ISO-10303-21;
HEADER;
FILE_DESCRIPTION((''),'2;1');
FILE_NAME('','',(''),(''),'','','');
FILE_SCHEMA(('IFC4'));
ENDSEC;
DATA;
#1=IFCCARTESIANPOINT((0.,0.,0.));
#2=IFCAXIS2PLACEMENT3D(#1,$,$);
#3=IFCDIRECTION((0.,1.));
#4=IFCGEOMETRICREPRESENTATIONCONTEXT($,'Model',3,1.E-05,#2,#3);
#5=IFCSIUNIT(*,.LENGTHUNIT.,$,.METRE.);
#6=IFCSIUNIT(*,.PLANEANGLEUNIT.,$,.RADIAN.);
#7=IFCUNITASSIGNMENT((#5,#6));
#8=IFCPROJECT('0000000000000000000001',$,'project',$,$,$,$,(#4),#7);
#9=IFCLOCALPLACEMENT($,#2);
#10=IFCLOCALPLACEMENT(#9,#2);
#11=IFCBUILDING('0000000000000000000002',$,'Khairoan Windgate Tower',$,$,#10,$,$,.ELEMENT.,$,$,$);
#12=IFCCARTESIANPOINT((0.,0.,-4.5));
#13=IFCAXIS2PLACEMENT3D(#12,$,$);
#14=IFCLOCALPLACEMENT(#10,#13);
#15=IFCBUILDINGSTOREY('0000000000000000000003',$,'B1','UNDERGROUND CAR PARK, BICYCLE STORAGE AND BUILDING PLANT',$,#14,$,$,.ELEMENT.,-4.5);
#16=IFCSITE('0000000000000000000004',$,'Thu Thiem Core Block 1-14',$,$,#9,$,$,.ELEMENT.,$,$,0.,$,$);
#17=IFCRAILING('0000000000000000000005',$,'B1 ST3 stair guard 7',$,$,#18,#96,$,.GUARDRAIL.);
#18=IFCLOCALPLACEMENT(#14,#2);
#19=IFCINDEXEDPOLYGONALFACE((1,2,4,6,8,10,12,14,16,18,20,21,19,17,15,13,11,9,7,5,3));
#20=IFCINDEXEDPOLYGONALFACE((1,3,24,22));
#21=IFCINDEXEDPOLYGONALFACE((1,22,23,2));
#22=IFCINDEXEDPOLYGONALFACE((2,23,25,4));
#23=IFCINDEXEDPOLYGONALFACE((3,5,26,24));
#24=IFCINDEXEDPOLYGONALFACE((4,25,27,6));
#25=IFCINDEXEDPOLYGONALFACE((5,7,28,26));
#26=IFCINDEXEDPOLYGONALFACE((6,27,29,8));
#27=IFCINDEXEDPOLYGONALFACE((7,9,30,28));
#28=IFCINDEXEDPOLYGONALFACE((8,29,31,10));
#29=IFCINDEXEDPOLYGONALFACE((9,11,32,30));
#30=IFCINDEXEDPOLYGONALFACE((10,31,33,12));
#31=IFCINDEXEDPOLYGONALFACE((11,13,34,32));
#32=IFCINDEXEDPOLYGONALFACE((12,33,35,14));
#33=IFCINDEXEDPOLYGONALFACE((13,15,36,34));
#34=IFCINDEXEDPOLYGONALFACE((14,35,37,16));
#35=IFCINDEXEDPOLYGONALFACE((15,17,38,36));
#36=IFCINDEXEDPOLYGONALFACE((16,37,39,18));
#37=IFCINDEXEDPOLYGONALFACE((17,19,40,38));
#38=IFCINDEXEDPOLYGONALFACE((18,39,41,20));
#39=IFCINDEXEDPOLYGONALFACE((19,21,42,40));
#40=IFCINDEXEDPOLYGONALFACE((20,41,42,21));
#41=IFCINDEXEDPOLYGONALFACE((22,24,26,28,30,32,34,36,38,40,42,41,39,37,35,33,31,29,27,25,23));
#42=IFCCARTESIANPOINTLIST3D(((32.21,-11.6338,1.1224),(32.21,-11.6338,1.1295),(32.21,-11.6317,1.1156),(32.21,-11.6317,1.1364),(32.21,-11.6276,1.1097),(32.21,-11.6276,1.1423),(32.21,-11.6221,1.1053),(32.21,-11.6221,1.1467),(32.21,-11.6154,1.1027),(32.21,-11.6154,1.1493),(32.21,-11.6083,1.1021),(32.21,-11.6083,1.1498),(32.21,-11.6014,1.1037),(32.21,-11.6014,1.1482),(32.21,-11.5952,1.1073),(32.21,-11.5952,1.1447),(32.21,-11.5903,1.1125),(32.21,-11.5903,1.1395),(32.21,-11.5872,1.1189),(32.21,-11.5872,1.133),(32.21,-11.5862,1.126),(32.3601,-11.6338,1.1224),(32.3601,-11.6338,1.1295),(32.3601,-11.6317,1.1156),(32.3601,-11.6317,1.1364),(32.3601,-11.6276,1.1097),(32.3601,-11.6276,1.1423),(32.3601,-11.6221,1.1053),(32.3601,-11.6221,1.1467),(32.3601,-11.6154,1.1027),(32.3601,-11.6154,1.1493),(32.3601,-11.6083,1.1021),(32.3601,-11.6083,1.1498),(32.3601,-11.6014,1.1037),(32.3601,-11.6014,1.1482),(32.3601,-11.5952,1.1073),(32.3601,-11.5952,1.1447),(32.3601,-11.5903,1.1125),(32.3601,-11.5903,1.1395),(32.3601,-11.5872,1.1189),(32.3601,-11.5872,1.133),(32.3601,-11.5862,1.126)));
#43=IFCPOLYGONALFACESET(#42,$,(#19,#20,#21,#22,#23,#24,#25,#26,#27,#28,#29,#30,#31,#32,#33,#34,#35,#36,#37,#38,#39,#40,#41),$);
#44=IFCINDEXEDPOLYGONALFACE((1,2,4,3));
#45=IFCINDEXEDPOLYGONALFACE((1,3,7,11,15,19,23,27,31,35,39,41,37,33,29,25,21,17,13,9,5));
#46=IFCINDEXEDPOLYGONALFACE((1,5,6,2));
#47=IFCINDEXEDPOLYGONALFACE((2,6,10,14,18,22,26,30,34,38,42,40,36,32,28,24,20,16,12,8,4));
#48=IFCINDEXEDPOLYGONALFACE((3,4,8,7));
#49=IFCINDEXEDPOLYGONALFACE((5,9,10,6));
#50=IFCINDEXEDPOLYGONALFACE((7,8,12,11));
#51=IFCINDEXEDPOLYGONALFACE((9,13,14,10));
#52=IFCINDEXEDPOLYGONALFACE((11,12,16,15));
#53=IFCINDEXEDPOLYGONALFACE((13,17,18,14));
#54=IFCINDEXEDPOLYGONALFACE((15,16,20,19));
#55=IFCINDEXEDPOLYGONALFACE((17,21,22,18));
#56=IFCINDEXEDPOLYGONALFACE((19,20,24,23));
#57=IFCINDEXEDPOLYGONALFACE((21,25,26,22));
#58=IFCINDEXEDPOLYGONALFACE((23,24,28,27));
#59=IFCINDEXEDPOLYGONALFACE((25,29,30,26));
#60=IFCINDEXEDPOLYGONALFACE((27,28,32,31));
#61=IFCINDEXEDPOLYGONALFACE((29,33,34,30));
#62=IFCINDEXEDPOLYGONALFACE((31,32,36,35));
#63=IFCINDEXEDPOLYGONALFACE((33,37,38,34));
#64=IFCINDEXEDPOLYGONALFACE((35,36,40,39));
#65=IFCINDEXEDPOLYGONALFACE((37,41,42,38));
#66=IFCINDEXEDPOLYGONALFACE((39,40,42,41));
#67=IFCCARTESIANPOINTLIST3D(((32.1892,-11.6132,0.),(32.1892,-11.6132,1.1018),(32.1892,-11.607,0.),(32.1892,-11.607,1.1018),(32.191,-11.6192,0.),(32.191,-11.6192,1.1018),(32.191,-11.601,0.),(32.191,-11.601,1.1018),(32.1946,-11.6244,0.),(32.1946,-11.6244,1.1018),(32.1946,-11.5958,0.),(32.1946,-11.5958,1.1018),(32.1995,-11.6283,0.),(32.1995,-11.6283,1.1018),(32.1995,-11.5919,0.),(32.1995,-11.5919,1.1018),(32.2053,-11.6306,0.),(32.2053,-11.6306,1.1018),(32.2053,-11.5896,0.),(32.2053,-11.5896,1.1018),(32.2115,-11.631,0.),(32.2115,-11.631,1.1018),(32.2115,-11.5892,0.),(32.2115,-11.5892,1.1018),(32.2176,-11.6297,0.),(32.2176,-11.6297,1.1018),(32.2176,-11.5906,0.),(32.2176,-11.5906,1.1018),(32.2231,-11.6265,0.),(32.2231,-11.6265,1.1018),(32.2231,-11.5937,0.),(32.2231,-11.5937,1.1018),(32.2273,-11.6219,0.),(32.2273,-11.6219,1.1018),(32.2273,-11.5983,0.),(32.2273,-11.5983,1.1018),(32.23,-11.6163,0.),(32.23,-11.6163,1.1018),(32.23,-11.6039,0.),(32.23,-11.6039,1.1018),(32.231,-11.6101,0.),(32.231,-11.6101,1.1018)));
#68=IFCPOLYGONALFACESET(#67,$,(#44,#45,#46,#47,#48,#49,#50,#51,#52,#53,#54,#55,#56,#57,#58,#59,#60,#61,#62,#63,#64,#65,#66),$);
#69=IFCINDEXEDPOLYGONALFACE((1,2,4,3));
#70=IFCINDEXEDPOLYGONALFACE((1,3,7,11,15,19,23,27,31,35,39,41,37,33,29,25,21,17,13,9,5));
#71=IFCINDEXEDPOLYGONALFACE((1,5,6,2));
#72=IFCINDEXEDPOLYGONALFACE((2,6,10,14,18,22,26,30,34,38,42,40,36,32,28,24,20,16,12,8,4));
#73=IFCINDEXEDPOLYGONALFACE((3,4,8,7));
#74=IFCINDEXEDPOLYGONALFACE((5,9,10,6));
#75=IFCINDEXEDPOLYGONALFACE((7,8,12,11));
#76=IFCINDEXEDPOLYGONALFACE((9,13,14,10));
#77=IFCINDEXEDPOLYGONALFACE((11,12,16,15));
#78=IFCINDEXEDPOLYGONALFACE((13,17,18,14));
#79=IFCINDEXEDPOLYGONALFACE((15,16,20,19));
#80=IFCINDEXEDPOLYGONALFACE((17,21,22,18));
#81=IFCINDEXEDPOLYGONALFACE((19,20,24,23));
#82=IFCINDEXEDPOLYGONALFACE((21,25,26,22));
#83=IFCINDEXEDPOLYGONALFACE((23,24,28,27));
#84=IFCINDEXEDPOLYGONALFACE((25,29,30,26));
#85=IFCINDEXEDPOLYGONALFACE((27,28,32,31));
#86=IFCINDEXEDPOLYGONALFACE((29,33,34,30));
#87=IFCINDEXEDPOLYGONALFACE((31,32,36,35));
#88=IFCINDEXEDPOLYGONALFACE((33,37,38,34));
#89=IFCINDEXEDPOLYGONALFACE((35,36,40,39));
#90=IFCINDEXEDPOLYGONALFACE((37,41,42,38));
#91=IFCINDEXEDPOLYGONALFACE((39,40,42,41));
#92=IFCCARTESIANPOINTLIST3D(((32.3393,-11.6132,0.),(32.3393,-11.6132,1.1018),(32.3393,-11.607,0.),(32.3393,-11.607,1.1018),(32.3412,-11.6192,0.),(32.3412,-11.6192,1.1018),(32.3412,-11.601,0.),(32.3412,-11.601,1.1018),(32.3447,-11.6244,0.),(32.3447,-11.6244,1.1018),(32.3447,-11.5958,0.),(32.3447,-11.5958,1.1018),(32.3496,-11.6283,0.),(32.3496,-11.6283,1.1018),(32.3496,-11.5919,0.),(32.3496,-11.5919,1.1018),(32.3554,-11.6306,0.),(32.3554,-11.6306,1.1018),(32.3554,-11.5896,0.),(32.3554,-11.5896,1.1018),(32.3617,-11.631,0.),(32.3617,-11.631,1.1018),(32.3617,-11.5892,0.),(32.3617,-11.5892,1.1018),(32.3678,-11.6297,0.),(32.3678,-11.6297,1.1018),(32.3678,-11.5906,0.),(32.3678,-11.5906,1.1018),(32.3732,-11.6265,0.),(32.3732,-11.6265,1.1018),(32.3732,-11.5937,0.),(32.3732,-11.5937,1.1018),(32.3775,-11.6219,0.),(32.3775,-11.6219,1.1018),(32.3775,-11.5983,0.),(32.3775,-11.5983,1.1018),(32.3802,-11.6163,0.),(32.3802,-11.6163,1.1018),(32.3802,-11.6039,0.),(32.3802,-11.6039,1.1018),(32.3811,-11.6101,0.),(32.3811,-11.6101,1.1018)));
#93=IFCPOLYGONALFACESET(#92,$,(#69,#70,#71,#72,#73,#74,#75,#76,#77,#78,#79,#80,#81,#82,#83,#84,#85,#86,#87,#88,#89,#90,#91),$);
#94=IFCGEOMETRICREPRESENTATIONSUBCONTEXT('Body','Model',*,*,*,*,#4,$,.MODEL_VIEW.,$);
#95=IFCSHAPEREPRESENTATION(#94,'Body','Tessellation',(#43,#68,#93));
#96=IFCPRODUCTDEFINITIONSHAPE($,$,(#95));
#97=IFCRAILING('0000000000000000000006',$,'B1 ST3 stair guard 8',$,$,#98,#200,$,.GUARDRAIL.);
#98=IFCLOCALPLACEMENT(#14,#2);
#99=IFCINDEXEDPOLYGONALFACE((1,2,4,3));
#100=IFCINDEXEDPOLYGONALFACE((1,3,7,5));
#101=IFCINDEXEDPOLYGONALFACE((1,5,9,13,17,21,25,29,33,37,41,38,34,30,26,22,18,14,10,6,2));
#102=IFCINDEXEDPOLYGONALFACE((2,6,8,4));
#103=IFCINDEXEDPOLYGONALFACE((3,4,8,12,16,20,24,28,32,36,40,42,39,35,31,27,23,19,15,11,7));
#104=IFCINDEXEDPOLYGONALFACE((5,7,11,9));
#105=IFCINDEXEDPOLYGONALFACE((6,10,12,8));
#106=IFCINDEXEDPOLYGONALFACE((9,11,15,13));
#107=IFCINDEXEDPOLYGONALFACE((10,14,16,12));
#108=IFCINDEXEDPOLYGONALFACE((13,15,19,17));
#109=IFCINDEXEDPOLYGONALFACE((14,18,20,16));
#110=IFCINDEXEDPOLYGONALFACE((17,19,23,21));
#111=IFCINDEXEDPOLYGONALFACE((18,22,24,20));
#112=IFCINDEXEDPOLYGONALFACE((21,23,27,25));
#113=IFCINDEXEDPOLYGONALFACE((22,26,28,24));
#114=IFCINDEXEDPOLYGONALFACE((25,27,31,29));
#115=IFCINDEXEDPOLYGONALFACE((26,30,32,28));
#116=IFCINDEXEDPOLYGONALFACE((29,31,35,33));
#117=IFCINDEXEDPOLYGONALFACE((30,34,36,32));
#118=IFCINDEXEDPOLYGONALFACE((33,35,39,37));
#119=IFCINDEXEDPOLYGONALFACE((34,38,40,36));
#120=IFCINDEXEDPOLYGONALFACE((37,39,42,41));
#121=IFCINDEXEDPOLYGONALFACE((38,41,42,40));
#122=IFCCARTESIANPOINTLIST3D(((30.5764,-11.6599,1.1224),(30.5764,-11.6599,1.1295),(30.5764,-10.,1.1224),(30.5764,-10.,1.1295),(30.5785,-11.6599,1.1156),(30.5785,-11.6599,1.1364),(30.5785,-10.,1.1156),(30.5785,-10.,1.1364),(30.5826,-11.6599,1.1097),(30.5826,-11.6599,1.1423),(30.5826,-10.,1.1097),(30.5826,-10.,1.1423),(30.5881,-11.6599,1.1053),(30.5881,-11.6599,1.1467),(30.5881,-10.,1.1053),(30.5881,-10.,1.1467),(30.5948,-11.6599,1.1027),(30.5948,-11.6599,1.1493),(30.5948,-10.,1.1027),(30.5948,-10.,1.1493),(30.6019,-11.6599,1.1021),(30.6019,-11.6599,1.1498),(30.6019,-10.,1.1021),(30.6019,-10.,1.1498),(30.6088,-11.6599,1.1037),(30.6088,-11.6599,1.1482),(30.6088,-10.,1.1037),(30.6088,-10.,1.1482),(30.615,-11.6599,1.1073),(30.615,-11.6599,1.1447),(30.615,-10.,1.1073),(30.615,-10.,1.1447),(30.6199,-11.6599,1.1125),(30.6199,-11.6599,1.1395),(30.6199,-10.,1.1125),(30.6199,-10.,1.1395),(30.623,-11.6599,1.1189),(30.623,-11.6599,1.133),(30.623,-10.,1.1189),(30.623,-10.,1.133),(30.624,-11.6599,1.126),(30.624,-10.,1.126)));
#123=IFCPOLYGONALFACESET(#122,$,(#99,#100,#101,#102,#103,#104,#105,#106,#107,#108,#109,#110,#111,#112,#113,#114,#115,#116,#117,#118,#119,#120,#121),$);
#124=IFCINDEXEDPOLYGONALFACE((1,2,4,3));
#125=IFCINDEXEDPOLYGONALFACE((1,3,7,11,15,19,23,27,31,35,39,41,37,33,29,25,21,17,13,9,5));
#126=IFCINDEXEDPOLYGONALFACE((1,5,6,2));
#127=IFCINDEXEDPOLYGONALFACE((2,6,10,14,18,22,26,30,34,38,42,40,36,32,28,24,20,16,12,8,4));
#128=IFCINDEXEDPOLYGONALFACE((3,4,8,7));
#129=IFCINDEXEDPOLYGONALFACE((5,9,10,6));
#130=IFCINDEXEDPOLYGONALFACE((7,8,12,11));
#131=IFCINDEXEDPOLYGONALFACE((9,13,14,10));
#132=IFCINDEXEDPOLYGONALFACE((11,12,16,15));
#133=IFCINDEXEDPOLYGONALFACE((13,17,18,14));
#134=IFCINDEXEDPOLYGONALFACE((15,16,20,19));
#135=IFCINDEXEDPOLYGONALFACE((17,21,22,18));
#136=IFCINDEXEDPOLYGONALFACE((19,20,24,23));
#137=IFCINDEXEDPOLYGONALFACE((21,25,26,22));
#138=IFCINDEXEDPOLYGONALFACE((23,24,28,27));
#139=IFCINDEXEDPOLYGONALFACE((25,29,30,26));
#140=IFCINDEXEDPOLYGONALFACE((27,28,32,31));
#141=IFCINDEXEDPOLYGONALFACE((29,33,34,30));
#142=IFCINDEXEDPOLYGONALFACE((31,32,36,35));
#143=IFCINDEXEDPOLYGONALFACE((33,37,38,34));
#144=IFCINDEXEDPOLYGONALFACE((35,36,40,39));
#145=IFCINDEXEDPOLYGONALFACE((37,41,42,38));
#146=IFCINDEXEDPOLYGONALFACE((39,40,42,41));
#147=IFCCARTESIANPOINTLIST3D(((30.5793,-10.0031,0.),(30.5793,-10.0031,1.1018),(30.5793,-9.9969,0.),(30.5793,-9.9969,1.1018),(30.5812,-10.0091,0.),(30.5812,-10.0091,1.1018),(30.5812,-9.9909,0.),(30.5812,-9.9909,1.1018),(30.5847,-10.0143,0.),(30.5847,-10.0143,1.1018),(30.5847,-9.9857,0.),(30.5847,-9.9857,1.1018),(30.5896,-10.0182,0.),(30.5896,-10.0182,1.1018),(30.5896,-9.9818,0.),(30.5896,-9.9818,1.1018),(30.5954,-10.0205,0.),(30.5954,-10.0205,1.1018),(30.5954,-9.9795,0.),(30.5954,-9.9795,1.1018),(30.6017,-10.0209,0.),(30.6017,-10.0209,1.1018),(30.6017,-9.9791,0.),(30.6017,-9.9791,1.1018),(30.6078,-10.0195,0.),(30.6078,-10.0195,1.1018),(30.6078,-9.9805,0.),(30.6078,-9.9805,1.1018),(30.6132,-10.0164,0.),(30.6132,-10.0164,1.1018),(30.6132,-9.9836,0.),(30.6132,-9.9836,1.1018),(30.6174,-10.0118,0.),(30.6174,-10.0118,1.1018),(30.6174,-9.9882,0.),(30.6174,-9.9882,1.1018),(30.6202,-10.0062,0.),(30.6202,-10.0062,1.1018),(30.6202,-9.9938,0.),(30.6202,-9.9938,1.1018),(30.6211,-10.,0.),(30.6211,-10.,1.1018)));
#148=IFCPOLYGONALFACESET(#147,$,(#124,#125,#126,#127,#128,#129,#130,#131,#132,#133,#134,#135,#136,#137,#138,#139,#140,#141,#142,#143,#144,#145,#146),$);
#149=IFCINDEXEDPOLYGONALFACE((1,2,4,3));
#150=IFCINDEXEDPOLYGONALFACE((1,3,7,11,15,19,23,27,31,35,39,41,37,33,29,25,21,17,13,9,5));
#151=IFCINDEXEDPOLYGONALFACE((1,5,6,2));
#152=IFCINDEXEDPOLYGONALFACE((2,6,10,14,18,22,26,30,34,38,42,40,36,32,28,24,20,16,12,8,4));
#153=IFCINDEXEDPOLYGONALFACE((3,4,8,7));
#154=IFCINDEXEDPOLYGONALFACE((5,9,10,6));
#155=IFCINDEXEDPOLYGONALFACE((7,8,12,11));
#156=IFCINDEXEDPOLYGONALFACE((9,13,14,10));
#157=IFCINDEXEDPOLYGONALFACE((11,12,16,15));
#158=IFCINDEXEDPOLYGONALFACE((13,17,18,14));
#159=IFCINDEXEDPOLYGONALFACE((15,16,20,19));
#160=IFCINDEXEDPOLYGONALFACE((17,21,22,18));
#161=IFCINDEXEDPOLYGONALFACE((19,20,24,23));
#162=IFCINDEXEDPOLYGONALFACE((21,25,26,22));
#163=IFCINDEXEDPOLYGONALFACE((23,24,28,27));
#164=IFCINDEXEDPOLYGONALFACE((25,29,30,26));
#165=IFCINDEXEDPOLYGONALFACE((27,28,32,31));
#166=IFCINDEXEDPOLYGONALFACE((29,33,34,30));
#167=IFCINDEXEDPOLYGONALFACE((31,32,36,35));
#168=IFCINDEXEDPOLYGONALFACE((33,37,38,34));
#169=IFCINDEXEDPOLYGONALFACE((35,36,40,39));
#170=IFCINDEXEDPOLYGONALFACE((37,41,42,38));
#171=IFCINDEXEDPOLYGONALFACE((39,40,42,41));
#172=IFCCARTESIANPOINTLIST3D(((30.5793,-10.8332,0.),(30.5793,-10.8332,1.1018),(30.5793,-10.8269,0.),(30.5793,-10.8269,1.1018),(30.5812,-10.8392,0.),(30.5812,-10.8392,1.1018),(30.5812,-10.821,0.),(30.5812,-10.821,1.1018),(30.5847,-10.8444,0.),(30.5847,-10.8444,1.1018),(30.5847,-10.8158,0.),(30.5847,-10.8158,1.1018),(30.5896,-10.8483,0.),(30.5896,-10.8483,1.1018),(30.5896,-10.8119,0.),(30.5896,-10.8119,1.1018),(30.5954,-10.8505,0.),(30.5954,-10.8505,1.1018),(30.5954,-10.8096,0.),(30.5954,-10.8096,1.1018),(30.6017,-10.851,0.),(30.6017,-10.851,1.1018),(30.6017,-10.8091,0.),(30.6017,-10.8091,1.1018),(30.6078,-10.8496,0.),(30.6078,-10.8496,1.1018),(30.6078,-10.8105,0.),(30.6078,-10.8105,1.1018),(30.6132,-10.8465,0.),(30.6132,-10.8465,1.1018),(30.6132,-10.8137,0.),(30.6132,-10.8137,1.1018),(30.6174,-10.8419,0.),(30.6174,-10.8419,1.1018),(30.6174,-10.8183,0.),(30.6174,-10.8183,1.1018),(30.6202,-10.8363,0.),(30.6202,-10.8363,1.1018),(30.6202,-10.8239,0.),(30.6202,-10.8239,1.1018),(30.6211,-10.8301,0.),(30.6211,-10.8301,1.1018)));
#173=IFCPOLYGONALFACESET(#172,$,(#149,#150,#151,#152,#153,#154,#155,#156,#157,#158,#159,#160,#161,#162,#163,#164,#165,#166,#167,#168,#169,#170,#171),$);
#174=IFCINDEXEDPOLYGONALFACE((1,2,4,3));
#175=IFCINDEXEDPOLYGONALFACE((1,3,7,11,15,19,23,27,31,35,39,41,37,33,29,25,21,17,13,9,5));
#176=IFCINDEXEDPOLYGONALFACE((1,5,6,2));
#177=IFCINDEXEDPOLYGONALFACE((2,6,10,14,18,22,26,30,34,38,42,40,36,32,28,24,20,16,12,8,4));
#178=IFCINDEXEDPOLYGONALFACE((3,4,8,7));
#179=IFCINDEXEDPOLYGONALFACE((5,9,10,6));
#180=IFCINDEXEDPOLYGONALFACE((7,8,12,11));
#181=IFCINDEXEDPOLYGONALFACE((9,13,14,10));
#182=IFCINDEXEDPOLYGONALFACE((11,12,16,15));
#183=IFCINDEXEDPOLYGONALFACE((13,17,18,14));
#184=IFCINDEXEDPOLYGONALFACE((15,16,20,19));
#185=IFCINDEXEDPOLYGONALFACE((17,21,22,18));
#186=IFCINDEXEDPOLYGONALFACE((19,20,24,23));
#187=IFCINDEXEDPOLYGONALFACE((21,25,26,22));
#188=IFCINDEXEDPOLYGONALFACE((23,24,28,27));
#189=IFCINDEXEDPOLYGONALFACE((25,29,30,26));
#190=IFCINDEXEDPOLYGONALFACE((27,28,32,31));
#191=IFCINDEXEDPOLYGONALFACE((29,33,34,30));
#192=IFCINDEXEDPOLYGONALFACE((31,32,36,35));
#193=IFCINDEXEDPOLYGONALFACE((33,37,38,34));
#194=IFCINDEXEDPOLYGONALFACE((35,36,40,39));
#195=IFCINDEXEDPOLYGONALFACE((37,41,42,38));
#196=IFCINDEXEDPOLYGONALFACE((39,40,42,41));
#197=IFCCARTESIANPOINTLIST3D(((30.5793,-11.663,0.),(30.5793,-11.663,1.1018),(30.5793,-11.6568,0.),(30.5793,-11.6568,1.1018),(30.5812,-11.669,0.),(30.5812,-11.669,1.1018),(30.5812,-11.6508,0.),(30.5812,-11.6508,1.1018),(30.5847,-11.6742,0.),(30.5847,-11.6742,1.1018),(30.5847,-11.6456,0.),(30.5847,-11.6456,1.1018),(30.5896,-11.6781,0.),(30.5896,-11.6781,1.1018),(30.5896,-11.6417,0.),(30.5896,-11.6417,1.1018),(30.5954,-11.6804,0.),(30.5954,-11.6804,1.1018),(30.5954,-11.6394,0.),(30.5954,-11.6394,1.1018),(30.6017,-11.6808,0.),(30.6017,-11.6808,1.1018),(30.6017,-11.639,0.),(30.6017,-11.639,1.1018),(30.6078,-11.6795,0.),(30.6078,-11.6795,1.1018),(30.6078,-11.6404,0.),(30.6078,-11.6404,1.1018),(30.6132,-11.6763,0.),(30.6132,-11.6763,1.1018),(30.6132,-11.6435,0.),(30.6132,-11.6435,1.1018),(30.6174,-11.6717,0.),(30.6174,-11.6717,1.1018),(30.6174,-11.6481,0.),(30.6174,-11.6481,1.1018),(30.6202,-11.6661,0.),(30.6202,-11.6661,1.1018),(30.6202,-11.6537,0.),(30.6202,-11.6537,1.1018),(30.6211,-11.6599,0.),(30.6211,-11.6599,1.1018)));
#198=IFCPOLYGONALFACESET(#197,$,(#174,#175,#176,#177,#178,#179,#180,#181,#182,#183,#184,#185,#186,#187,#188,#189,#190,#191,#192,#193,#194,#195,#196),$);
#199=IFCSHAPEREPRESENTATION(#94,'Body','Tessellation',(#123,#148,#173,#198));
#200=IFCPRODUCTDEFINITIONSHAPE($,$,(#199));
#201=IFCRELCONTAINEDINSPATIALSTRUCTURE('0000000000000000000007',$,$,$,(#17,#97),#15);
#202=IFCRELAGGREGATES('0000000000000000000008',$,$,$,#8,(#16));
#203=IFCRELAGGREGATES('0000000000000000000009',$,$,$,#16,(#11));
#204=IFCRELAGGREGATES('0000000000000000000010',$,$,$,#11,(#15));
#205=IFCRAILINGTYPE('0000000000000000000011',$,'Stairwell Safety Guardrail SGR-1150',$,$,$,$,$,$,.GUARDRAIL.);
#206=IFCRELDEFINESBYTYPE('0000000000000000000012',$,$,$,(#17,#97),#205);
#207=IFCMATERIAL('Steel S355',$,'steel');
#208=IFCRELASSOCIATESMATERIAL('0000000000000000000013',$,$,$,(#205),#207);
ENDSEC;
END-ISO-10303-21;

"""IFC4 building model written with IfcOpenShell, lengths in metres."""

from ifc_helpers import new_model, si_unit, direction, frame, origin, origin_2d, place, context, subcontext, project, spatial, circle, extrude, material, type_object, element, save


model = new_model("IFC4")

# Units and contexts
model_context = context("Model", 3, precision=1e-05, world=origin(), true_north=direction((0.0, 1.0)))
body_context = subcontext(model_context, "Body", "Model", "MODEL_VIEW")
ifc_project = project(units=[si_unit("LENGTHUNIT", "METRE"), si_unit("PLANEANGLEUNIT", "RADIAN")], contexts=[model_context])

# Site, building, storey
site_placement = place(None, origin())
site = spatial("IfcSite", under=ifc_project, at=site_placement, Name="Thu Thiem Core Block 1-14", CompositionType="ELEMENT", RefElevation=0.0)
building_placement = place(site_placement, origin())
building = spatial("IfcBuilding", under=site, at=building_placement, Name="Khairoan Windgate Tower", CompositionType="ELEMENT")
storey_placement = place(building_placement, frame((0.0, 0.0, -4.5)))
storey = spatial("IfcBuildingStorey", under=building, at=storey_placement, Name="B1", Description="UNDERGROUND CAR PARK, BICYCLE STORAGE AND BUILDING PLANT", CompositionType="ELEMENT", Elevation=-4.5)

# Railings
ifc_material_1 = material(Name="Steel S355", Category="steel")
railing_type_1 = type_object("IfcRailingType", Name="Stairwell Safety Guardrail SGR-1150", PredefinedType="GUARDRAIL", material=ifc_material_1)
railing_1_placement = place(storey_placement, frame((32.21, -11.6101, 0.0)))
element("IfcRailing", 1, at=railing_1_placement, inside=storey, type_object=railing_type_1, Name="B1 ST3 stair guard 7", PredefinedType="GUARDRAIL", context=body_context, shape_type="SweptSolid", body=[
    extrude(circle(Radius=0.0239, at=origin_2d()), frame((0.0, 0.0, 1.126), z_axis=(1.0, 0.0, 0.0), x_axis=(0.0, 1.0, 0.0)), (0.0, 0.0, 1.0), 0.1501),
    extrude(circle(Radius=0.021, at=origin_2d()), origin(), (0.0, 0.0, 1.0), 1.1018),
    extrude(circle(Radius=0.021, at=origin_2d()), frame((0.1501, 0.0, 0.0)), (0.0, 0.0, 1.0), 1.1018),
])
for number, where, name in (
    (2, (30.6001, -10.0, 0.0), "B1 ST3 stair guard 8"),
):
    element("IfcRailing", number, at=place(storey_placement, frame(where)), inside=storey, type_object=railing_type_1, Name=name, PredefinedType="GUARDRAIL", context=body_context, shape_type="SweptSolid", body=[
        extrude(circle(Radius=0.0239, at=origin_2d()), frame((0.0, 0.0, 1.126), z_axis=(0.0, -1.0, 0.0), x_axis=(1.0, 0.0, 0.0)), (0.0, 0.0, 1.0), 1.6599),
        extrude(circle(Radius=0.021, at=origin_2d()), origin(), (0.0, 0.0, 1.0), 1.1018),
        extrude(circle(Radius=0.021, at=origin_2d()), frame((0.0, -0.8301, 0.0)), (0.0, 0.0, 1.0), 1.1018),
        extrude(circle(Radius=0.021, at=origin_2d()), frame((0.0, -1.6599, 0.0)), (0.0, 0.0, 1.0), 1.1018),
    ])

save(model, "model.ifc")
